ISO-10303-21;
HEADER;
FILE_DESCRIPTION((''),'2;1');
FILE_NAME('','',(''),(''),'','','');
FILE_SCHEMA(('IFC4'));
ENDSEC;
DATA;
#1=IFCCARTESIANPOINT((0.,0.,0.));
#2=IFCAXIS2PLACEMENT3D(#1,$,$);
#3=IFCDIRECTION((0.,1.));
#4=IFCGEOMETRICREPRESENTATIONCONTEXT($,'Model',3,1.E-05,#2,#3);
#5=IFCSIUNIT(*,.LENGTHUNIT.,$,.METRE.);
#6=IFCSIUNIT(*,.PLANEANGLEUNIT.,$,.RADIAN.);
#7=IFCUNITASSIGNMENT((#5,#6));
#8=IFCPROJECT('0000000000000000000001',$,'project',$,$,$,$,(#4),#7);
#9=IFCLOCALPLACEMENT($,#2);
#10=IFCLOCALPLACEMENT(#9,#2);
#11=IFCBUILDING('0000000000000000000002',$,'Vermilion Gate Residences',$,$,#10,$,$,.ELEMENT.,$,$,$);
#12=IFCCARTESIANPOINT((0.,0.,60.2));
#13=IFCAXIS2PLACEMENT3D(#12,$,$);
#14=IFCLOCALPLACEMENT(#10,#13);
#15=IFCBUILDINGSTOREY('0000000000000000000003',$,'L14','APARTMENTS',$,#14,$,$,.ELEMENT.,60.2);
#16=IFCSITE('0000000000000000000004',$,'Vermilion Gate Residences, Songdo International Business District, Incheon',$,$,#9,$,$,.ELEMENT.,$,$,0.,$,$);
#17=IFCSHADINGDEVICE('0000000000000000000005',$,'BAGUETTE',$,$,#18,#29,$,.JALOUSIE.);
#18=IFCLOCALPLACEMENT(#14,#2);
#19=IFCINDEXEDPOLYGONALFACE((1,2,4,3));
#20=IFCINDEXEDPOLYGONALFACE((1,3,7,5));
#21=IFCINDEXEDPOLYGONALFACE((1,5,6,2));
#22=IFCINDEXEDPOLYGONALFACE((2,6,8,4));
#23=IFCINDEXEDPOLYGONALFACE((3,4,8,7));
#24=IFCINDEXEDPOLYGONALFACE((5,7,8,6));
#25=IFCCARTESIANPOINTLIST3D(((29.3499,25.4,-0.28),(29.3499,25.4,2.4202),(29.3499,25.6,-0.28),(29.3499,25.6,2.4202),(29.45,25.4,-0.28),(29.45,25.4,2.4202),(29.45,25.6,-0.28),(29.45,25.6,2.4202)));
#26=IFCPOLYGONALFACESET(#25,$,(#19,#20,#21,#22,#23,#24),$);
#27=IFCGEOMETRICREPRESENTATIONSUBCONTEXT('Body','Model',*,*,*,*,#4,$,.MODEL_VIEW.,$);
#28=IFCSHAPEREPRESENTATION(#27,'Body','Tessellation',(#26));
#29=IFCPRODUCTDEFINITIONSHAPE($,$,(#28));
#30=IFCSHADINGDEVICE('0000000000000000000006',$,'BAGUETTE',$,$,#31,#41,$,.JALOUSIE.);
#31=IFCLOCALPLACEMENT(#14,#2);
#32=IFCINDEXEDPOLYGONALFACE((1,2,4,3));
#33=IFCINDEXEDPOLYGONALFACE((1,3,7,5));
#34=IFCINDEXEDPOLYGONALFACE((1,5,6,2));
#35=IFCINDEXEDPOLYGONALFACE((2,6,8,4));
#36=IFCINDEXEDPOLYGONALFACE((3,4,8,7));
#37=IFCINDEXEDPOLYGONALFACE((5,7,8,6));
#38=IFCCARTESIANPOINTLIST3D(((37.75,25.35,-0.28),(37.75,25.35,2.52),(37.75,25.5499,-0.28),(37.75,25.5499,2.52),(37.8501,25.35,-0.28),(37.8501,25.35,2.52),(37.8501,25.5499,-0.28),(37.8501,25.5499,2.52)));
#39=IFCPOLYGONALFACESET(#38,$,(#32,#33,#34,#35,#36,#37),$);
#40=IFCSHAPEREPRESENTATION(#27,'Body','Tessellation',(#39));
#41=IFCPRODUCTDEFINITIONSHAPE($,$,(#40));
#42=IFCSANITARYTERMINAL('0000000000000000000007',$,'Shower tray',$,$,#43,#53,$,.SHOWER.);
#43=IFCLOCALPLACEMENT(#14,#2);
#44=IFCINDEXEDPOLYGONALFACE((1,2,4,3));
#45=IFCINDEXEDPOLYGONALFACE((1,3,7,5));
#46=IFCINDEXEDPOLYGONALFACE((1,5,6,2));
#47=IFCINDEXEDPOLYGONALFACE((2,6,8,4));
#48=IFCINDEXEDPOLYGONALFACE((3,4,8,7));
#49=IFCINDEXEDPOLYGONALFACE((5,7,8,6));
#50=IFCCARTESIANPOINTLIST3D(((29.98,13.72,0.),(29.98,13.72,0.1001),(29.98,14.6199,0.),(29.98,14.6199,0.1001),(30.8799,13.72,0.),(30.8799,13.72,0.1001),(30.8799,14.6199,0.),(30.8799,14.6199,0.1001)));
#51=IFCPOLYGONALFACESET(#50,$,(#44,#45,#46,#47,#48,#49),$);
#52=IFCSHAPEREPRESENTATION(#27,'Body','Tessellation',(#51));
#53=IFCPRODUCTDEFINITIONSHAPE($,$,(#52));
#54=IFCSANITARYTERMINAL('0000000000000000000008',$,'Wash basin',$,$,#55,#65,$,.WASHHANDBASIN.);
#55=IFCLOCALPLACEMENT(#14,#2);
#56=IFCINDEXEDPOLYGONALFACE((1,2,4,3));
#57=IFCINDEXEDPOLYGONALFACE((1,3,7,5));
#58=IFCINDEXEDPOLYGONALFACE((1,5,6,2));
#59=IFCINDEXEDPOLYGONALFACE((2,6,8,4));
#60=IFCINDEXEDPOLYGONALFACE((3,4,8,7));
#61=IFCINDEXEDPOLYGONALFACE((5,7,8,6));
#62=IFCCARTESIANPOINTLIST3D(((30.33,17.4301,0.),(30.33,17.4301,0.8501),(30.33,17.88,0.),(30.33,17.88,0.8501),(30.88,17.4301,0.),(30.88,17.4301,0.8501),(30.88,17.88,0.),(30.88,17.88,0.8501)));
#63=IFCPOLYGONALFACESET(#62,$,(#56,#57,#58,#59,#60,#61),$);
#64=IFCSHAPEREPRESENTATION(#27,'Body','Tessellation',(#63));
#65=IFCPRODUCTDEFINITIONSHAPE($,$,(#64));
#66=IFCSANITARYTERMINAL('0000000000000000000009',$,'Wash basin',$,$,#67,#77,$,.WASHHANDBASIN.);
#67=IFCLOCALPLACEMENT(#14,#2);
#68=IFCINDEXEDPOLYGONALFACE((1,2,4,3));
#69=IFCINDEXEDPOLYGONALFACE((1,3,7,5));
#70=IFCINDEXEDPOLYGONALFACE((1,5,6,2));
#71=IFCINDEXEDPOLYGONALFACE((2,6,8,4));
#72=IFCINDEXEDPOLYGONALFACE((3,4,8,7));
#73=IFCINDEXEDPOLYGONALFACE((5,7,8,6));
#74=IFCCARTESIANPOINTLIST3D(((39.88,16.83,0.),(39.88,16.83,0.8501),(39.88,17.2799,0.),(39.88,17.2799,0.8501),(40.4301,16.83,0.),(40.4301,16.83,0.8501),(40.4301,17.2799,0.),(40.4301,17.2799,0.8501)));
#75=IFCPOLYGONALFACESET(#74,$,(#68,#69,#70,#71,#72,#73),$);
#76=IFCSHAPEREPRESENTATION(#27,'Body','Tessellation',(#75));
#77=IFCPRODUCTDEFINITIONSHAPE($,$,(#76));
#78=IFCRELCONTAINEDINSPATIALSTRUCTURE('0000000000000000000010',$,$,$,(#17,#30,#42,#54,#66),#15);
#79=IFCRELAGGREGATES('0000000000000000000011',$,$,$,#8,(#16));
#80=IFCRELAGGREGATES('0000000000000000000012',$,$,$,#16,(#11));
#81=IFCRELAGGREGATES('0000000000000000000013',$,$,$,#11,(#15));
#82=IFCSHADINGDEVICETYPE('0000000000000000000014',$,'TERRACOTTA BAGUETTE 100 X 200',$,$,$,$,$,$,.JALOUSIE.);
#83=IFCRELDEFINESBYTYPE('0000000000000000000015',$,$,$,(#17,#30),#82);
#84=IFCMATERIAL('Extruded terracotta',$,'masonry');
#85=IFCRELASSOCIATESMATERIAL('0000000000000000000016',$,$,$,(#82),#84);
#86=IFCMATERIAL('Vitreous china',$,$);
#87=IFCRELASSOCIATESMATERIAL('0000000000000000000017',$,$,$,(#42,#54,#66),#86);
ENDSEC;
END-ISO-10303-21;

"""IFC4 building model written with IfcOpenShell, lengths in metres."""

from ifc_helpers import new_model, si_unit, direction, frame, origin, origin_2d, place, context, subcontext, project, spatial, rectangle, extrude, material, material_profile, profile_set, type_object, element, save


model = new_model("IFC4")

# Units and contexts
model_context = context("Model", 3, precision=1e-05, world=origin(), true_north=direction((0.0, 1.0)))
body_context = subcontext(model_context, "Body", "Model", "MODEL_VIEW")
ifc_project = project(units=[si_unit("LENGTHUNIT", "METRE"), si_unit("PLANEANGLEUNIT", "RADIAN")], contexts=[model_context])

# Site, building, storey
site_placement = place(None, origin())
site = spatial("IfcSite", under=ifc_project, at=site_placement, Name="Vermilion Gate Residences, Songdo International Business District, Incheon", CompositionType="ELEMENT", RefElevation=0.0)
building_placement = place(site_placement, origin())
building = spatial("IfcBuilding", under=site, at=building_placement, Name="Vermilion Gate Residences", CompositionType="ELEMENT")
storey_placement = place(building_placement, frame((0.0, 0.0, 60.2)))
storey = spatial("IfcBuildingStorey", under=building, at=storey_placement, Name="L14", Description="APARTMENTS", CompositionType="ELEMENT", Elevation=60.2)

# Shading devices
ifc_material_1 = material(Name="Extruded terracotta", Category="masonry")
ifc_material_profile_1 = material_profile(ifc_material_1, rectangle(XDim=0.2, YDim=0.1001, at=origin_2d()), Name="BAGUETTE 100 X 200")
ifc_profile_set_1 = profile_set([ifc_material_profile_1], Name="Extruded terracotta")
shading_device_type_1 = type_object("IfcShadingDeviceType", Name="TERRACOTTA BAGUETTE 100 X 200", PredefinedType="JALOUSIE", material=ifc_profile_set_1)
shading_device_1_placement = place(storey_placement, frame((29.3999, 25.5, -0.28), z_axis=(0.0, 0.0, 1.0), x_axis=(0.0, -1.0, 0.0)))
element("IfcShadingDevice", 1, at=shading_device_1_placement, inside=storey, type_object=shading_device_type_1, Name="BAGUETTE", PredefinedType="JALOUSIE", context=body_context, shape_type="SweptSolid", body=[
    extrude(rectangle(XDim=0.2, YDim=0.1001, at=origin_2d()), origin(), (0.0, 0.0, 1.0), 2.7002),
])
shading_device_2_placement = place(storey_placement, frame((37.8, 25.45, -0.28), z_axis=(0.0, 0.0, 1.0), x_axis=(0.0, -1.0, 0.0)))
element("IfcShadingDevice", 2, at=shading_device_2_placement, inside=storey, type_object=shading_device_type_1, Name="BAGUETTE", PredefinedType="JALOUSIE", context=body_context, shape_type="SweptSolid", body=[
    extrude(rectangle(XDim=0.2, YDim=0.1001, at=origin_2d()), origin(), (0.0, 0.0, 1.0), 2.8),
])

# Sanitary terminals
ifc_material_2 = material(Name="Vitreous china")
sanitary_terminal_placement = place(storey_placement, frame((30.4299, 14.1699, 0.0), z_axis=(0.0, 0.0, 1.0), x_axis=(1.0, 0.0, 0.0)))
element("IfcSanitaryTerminal", 3, at=sanitary_terminal_placement, inside=storey, material=ifc_material_2, Name="Shower tray", PredefinedType="SHOWER", context=body_context, shape_type="SweptSolid", body=[
    extrude(rectangle(XDim=0.8999, YDim=0.8999, at=origin_2d()), origin(), (0.0, 0.0, 1.0), 0.1001),
])
for number, where, z_axis, x_axis, name in (
    (4, (30.605, 17.655, 0.0), (0.0, 0.0, 1.0), (1.0, 0.0, 0.0), "Wash basin"),
    (5, (40.155, 17.0549, 0.0), (0.0, 0.0, 1.0), (1.0, 0.0, 0.0), "Wash basin"),
):
    element("IfcSanitaryTerminal", number, at=place(storey_placement, frame(where, z_axis=z_axis, x_axis=x_axis)), inside=storey, material=ifc_material_2, Name=name, PredefinedType="WASHHANDBASIN", context=body_context, shape_type="SweptSolid", body=[
        extrude(rectangle(XDim=0.55, YDim=0.45, at=origin_2d()), origin(), (0.0, 0.0, 1.0), 0.8501),
    ])

save(model, "model.ifc")
